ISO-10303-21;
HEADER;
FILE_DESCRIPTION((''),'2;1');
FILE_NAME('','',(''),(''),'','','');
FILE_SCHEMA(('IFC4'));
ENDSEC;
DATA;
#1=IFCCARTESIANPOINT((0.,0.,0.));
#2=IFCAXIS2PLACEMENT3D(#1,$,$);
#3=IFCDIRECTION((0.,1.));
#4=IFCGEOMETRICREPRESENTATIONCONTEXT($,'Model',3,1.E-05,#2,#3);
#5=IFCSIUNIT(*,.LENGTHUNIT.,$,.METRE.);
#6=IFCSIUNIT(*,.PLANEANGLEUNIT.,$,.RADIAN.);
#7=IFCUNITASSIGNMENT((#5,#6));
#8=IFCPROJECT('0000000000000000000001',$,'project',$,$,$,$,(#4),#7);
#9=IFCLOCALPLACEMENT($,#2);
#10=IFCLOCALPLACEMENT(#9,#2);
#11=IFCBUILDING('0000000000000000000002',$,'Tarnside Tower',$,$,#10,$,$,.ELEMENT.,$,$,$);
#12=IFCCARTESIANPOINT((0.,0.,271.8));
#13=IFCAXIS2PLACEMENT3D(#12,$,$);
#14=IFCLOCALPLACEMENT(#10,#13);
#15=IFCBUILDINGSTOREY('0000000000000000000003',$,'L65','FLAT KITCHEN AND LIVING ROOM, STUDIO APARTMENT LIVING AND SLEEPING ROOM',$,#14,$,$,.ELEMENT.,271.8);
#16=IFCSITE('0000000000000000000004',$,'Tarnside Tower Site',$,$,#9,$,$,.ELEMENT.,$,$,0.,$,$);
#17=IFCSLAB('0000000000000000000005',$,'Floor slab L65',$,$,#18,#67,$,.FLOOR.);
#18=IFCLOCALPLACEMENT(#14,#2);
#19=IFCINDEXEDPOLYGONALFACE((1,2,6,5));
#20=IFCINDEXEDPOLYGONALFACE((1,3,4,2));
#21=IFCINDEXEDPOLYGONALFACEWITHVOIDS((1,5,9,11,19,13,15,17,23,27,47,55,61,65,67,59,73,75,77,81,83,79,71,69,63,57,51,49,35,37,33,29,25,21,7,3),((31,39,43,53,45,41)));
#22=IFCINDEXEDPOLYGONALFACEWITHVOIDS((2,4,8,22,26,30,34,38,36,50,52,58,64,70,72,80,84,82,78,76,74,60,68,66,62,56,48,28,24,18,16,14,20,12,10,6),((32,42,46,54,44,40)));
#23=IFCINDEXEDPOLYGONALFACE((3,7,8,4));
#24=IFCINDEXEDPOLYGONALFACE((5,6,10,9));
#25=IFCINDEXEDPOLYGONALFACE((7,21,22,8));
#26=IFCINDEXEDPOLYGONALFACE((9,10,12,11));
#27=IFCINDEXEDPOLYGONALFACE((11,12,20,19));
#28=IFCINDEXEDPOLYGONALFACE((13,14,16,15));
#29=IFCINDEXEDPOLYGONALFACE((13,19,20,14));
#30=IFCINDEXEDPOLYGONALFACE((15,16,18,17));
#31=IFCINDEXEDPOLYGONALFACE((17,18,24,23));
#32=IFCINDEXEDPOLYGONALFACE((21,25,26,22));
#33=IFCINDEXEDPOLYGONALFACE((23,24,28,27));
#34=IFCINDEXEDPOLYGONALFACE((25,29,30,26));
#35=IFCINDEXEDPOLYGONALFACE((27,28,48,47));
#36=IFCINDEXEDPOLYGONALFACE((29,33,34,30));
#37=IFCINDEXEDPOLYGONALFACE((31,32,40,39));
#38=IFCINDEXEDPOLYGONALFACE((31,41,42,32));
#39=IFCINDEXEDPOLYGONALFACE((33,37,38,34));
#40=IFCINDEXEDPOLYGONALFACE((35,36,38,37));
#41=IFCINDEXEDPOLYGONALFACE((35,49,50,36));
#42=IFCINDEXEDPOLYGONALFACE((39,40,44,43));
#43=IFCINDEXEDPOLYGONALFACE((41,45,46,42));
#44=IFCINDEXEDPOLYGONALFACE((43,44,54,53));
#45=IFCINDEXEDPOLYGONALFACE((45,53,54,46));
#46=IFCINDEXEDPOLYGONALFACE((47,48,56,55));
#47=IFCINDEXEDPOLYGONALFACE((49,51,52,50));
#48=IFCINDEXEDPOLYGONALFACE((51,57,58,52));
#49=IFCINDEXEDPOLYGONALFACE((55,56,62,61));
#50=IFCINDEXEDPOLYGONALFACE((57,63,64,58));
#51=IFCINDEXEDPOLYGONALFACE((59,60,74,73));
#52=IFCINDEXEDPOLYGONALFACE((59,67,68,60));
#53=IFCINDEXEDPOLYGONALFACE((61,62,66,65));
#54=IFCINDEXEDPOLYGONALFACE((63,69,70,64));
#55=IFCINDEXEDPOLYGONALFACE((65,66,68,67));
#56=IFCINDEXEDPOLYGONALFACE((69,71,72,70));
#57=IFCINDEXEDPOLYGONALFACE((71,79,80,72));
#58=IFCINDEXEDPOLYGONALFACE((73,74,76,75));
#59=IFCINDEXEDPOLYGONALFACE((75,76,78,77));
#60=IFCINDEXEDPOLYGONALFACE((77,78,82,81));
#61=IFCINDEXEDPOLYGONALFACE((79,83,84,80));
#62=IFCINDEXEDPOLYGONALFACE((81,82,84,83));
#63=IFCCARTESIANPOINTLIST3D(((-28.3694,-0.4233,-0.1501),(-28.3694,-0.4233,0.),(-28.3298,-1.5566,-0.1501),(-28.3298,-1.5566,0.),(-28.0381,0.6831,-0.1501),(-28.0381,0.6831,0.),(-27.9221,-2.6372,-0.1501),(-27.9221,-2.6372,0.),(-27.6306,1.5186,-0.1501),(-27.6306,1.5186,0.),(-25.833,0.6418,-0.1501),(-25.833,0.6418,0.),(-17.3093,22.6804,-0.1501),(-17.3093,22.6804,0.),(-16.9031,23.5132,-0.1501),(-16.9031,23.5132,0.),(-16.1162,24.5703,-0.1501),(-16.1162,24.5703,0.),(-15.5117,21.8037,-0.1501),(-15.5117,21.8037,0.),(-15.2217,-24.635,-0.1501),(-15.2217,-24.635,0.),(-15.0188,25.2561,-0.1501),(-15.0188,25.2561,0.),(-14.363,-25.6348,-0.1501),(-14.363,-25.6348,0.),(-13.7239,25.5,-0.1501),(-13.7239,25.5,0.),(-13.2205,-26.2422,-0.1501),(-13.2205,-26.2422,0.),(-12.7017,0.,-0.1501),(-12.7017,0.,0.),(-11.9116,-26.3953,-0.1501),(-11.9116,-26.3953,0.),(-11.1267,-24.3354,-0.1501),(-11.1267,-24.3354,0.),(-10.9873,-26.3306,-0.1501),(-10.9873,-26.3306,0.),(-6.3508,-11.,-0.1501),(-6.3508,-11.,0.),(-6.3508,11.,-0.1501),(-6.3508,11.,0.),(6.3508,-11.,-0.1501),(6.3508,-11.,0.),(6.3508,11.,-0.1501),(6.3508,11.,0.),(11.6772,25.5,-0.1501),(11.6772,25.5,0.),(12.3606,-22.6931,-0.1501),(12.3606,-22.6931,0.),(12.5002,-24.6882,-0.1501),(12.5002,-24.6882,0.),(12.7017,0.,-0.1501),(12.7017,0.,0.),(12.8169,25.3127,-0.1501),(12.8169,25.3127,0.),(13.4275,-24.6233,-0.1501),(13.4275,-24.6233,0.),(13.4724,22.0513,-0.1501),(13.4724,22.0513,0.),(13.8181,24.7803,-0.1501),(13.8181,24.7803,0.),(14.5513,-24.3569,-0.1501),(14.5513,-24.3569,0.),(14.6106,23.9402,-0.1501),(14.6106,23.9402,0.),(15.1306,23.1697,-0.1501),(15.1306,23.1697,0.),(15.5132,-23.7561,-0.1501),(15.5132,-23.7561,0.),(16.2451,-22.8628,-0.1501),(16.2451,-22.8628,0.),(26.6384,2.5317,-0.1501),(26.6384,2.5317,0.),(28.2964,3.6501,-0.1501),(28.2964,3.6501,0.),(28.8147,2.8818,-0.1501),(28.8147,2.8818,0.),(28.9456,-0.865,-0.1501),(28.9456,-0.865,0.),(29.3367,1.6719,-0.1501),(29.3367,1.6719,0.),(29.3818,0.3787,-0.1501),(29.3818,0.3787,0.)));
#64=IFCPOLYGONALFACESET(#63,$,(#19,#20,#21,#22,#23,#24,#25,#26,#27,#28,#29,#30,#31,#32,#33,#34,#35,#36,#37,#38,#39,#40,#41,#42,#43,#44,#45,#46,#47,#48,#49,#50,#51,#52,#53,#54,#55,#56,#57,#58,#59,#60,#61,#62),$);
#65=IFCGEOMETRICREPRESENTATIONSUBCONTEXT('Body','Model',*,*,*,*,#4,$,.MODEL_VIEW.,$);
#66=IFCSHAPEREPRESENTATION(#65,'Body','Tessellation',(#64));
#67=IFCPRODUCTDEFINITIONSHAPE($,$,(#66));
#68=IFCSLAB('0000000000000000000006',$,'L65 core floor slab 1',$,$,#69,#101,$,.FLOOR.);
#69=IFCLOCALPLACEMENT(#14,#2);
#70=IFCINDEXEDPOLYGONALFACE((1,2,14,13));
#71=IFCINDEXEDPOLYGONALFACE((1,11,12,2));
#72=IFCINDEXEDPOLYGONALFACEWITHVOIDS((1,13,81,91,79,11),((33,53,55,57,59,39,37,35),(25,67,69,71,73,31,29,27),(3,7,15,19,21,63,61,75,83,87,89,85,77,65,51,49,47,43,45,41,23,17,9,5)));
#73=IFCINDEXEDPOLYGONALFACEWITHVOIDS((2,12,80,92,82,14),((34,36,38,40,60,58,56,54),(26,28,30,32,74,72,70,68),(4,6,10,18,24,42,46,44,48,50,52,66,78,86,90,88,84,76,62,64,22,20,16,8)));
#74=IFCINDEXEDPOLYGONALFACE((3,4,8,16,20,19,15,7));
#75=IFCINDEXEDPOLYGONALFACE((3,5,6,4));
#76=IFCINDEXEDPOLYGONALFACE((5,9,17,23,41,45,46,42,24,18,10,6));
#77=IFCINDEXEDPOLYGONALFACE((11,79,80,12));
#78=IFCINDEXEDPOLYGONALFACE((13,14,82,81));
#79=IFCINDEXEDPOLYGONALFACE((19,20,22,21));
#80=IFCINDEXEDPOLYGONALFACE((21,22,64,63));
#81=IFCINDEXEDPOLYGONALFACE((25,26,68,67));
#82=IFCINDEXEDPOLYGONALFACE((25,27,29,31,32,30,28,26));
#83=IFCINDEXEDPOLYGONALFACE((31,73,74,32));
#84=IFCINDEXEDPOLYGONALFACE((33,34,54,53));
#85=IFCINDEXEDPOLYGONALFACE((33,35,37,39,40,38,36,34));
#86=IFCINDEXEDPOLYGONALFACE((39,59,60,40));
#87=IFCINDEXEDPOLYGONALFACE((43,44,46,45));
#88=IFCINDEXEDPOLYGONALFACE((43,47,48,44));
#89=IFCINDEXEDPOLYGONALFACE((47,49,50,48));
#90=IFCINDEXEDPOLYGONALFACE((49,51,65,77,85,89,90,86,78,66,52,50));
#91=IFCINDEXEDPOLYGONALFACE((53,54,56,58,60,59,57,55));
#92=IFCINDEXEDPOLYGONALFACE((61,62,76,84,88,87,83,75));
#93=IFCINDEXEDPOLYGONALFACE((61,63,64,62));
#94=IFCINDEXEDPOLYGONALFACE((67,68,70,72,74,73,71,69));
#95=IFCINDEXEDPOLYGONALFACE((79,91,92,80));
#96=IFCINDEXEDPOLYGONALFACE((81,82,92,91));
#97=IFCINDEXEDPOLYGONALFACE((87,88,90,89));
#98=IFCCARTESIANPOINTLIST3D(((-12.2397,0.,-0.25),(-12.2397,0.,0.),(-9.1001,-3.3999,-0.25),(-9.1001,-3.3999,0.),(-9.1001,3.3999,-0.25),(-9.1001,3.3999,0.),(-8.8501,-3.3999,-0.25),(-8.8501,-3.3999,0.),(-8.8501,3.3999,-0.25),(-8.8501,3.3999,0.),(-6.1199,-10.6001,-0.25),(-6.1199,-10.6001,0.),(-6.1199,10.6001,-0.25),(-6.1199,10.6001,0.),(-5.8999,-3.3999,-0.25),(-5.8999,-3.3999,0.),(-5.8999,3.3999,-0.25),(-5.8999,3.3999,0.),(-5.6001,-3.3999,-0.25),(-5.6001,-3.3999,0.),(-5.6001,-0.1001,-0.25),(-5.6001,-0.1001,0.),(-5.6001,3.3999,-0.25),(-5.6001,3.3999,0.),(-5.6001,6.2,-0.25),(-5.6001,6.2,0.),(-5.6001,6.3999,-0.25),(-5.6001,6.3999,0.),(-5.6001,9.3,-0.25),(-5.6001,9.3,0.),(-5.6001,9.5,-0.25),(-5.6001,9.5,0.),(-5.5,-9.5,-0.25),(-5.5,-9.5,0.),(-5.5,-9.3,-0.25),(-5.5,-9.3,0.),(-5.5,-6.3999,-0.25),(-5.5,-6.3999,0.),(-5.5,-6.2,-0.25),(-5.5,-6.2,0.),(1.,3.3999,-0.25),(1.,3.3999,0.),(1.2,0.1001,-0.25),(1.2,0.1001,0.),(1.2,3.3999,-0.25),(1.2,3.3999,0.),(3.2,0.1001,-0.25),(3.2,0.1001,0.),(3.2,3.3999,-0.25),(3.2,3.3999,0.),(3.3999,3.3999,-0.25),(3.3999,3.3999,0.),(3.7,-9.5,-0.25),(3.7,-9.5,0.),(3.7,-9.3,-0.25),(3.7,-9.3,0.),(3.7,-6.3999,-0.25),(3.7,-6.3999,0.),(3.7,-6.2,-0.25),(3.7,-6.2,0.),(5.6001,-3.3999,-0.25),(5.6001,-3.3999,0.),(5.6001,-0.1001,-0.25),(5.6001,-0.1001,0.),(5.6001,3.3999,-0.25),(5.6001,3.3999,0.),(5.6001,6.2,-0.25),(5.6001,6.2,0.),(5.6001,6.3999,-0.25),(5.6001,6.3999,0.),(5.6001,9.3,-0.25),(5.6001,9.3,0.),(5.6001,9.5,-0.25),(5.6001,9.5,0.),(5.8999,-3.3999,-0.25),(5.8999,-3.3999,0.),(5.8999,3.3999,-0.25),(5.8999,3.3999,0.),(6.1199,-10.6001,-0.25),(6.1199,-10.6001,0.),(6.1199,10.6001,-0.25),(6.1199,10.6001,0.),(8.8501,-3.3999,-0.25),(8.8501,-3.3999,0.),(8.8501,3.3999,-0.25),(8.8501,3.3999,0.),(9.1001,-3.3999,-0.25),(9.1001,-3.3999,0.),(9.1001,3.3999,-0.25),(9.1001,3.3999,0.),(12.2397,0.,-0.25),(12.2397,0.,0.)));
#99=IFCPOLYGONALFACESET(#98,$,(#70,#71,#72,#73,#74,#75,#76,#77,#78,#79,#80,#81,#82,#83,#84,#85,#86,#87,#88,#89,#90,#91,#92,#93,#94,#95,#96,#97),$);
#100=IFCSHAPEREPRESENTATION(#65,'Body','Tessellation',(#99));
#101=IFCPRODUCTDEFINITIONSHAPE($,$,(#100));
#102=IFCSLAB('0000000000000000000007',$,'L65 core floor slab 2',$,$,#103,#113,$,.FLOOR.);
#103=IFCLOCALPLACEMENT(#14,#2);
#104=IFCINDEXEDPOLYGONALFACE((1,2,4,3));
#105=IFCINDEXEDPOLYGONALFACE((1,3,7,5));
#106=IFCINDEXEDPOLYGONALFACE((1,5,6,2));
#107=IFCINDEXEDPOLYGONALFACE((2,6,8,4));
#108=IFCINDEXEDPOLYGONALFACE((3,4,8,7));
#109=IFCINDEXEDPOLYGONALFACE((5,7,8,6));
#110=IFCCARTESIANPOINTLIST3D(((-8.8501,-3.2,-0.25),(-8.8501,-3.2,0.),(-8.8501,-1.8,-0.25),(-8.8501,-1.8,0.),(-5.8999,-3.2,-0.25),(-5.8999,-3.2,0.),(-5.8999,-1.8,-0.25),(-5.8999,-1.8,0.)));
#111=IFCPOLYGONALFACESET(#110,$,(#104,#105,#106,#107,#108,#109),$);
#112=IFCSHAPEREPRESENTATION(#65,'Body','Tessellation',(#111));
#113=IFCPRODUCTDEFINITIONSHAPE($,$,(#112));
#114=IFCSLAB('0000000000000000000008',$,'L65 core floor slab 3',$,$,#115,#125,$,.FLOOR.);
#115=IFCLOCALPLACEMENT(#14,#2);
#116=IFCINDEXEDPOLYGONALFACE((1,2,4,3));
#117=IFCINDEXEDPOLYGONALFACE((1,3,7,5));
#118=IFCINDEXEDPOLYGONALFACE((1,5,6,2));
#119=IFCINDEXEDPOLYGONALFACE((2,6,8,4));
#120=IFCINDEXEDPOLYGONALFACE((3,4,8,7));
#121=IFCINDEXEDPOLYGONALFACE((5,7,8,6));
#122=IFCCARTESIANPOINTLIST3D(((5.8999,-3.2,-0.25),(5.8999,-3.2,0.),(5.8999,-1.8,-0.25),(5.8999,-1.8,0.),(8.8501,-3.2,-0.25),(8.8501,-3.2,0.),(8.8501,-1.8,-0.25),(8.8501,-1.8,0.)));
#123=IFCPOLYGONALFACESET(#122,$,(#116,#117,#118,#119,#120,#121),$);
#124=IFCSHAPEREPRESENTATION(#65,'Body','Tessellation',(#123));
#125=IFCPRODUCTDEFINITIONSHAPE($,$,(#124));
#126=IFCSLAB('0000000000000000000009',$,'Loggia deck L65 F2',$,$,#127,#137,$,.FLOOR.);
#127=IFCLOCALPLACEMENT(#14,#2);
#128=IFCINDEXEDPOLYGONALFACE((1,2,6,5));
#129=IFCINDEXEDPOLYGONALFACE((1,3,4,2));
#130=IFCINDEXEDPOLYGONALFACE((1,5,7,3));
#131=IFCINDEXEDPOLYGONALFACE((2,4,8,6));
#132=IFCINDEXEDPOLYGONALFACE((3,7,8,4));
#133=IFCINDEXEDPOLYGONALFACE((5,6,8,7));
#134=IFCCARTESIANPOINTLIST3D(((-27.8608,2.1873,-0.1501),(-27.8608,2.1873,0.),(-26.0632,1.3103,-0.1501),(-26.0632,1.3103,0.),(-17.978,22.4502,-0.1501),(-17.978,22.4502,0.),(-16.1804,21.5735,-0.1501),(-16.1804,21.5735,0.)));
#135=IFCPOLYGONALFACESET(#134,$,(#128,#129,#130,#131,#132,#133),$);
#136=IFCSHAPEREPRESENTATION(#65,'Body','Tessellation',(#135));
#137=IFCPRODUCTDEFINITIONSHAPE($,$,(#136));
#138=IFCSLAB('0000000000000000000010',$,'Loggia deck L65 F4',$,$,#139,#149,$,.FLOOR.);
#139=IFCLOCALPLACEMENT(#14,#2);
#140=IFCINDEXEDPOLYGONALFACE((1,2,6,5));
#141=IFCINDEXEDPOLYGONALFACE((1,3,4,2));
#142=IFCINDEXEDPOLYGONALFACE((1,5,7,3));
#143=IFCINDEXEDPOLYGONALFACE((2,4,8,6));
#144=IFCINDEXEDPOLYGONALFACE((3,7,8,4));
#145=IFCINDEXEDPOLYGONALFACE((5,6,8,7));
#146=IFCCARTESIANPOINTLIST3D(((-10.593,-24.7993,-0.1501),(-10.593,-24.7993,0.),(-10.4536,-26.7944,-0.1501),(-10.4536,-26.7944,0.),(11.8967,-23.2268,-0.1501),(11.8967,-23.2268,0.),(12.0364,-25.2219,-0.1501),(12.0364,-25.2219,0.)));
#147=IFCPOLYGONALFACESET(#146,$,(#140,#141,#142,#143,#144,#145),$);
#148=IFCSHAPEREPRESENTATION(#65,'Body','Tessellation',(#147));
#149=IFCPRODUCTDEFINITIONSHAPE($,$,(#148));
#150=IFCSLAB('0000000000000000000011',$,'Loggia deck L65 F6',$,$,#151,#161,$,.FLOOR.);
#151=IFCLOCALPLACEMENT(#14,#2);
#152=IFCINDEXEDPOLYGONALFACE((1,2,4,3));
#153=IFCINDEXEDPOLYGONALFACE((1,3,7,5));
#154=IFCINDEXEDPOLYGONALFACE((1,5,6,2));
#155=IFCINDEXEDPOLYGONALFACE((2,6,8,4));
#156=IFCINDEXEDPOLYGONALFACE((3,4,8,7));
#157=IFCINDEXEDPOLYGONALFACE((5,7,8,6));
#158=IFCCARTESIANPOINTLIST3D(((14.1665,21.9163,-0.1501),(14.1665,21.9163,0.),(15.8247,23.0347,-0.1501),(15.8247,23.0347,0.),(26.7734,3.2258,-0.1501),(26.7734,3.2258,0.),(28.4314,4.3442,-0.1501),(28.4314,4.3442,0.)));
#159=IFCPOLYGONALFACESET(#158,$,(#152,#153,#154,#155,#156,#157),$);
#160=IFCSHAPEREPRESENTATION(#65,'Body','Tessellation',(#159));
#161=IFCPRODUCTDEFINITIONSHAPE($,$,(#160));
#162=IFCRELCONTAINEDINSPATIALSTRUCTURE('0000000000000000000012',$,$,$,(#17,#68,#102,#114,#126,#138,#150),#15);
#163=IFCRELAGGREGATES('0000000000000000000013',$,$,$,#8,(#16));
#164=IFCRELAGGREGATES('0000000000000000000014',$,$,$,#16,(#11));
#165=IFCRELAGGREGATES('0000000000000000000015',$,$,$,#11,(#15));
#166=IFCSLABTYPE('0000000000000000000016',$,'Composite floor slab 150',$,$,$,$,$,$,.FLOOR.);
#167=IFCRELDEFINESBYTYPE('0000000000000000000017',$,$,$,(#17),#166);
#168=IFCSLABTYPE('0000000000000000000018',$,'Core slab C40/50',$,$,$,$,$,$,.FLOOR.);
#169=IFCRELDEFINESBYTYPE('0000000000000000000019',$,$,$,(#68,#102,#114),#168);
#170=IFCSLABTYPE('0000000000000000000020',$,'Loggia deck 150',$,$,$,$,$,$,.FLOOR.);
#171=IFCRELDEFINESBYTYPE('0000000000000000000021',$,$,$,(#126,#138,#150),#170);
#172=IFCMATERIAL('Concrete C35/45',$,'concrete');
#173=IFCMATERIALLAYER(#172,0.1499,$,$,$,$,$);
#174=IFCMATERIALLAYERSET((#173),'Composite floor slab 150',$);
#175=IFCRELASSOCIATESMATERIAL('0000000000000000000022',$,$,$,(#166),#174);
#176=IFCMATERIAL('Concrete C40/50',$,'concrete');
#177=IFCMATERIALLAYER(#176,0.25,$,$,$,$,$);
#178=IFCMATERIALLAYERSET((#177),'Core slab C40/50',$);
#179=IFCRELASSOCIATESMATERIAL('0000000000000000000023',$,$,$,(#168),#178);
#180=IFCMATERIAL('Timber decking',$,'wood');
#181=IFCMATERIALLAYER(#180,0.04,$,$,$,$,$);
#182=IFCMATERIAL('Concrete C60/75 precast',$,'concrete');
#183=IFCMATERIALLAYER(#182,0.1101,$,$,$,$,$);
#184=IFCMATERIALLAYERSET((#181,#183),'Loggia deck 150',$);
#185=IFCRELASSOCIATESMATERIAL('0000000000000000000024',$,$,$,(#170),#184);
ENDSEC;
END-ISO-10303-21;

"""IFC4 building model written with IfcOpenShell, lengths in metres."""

from ifc_helpers import new_model, si_unit, direction, frame, origin, place, context, subcontext, project, spatial, polyline, outline, extrude, material, layer, layer_set, type_object, element, save


model = new_model("IFC4")

# Units and contexts
model_context = context("Model", 3, precision=1e-05, world=origin(), true_north=direction((0.0, 1.0)))
body_context = subcontext(model_context, "Body", "Model", "MODEL_VIEW")
ifc_project = project(units=[si_unit("LENGTHUNIT", "METRE"), si_unit("PLANEANGLEUNIT", "RADIAN")], contexts=[model_context])

# Site, building, storey
site_placement = place(None, origin())
site = spatial("IfcSite", under=ifc_project, at=site_placement, Name="Tarnside Tower Site", CompositionType="ELEMENT", RefElevation=0.0)
building_placement = place(site_placement, origin())
building = spatial("IfcBuilding", under=site, at=building_placement, Name="Tarnside Tower", CompositionType="ELEMENT")
storey_placement = place(building_placement, frame((0.0, 0.0, 271.8)))
storey = spatial("IfcBuildingStorey", under=building, at=storey_placement, Name="L65", Description="FLAT KITCHEN AND LIVING ROOM, STUDIO APARTMENT LIVING AND SLEEPING ROOM", CompositionType="ELEMENT", Elevation=271.8)

# Slabs
ifc_material_1 = material(Name="Concrete C35/45", Category="concrete")
ifc_layer_1 = layer(ifc_material_1, 0.1499)
ifc_layer_set_1 = layer_set([ifc_layer_1], Name="Composite floor slab 150")
slab_type_1 = type_object("IfcSlabType", Name="Composite floor slab 150", PredefinedType="FLOOR", material=ifc_layer_set_1)
slab_1_placement = place(storey_placement, frame((0.0, 0.0, -0.1501)))
element("IfcSlab", 1, at=slab_1_placement, inside=storey, type_object=slab_type_1, Name="Floor slab L65", PredefinedType="FLOOR", context=body_context, shape_type="SweptSolid", body=[
    extrude(outline(polyline([(12.8169, 25.3127), (13.8181, 24.7803), (14.6106, 23.9402), (15.1306, 23.1697), (13.4724, 22.0513), (26.6384, 2.5317), (28.2964, 3.6501), (28.8147, 2.8818), (29.3367, 1.6719), (29.3818, 0.3787), (28.9456, -0.865), (16.2451, -22.8628), (15.5132, -23.7561), (14.5513, -24.3569), (13.4275, -24.6233), (12.5002, -24.6882), (12.3606, -22.6931), (-11.1267, -24.3354), (-10.9873, -26.3306), (-11.9116, -26.3953), (-13.2205, -26.2422), (-14.363, -25.6348), (-15.2217, -24.635), (-27.9221, -2.6372), (-28.3298, -1.5566), (-28.3694, -0.4233), (-28.0381, 0.6831), (-27.6306, 1.5186), (-25.833, 0.6418), (-15.5117, 21.8037), (-17.3093, 22.6804), (-16.9031, 23.5132), (-16.1162, 24.5703), (-15.0188, 25.2561), (-13.7239, 25.5), (11.6772, 25.5), (12.8169, 25.3127)]), holes=[polyline([(-12.7017, 0.0), (-6.3508, -11.0), (6.3508, -11.0), (12.7017, 0.0), (6.3508, 11.0), (-6.3508, 11.0), (-12.7017, 0.0)])]), origin(), (0.0, 0.0, 1.0), 0.1501),
])
ifc_material_2 = material(Name="Concrete C40/50", Category="concrete")
ifc_layer_2 = layer(ifc_material_2, 0.25)
ifc_layer_set_2 = layer_set([ifc_layer_2], Name="Core slab C40/50")
slab_type_2 = type_object("IfcSlabType", Name="Core slab C40/50", PredefinedType="FLOOR", material=ifc_layer_set_2)
slab_2_placement = place(storey_placement, frame((0.0, 0.0, -0.25)))
element("IfcSlab", 2, at=slab_2_placement, inside=storey, type_object=slab_type_2, Name="L65 core floor slab 1", PredefinedType="FLOOR", context=body_context, shape_type="SweptSolid", body=[
    extrude(outline(polyline([(6.1199, 10.6001), (12.2397, 0.0), (6.1199, -10.6001), (-6.1199, -10.6001), (-12.2397, 0.0), (-6.1199, 10.6001), (6.1199, 10.6001)]), holes=[polyline([(-5.5, -9.5), (3.7, -9.5), (3.7, -9.3), (3.7, -6.3999), (3.7, -6.2), (-5.5, -6.2), (-5.5, -6.3999), (-5.5, -9.3), (-5.5, -9.5)]), polyline([(-5.6001, -3.3999), (-5.6001, -0.1001), (5.6001, -0.1001), (5.6001, -3.3999), (5.8999, -3.3999), (8.8501, -3.3999), (9.1001, -3.3999), (9.1001, 3.3999), (8.8501, 3.3999), (5.8999, 3.3999), (5.6001, 3.3999), (3.3999, 3.3999), (3.2, 3.3999), (3.2, 0.1001), (1.2, 0.1001), (1.2, 3.3999), (1.0, 3.3999), (-5.6001, 3.3999), (-5.8999, 3.3999), (-8.8501, 3.3999), (-9.1001, 3.3999), (-9.1001, -3.3999), (-8.8501, -3.3999), (-5.8999, -3.3999), (-5.6001, -3.3999)]), polyline([(-5.6001, 6.2), (5.6001, 6.2), (5.6001, 6.3999), (5.6001, 9.3), (5.6001, 9.5), (-5.6001, 9.5), (-5.6001, 9.3), (-5.6001, 6.3999), (-5.6001, 6.2)])]), origin(), (0.0, 0.0, 1.0), 0.25),
])
slab_3_placement = place(storey_placement, frame((0.0, 0.0, -0.25)))
element("IfcSlab", 3, at=slab_3_placement, inside=storey, type_object=slab_type_2, Name="L65 core floor slab 2", PredefinedType="FLOOR", context=body_context, shape_type="SweptSolid", body=[
    extrude(outline(polyline([(-8.8501, -3.2), (-8.8501, -1.8), (-5.8999, -1.8), (-5.8999, -3.2), (-8.8501, -3.2)])), origin(), (0.0, 0.0, 1.0), 0.25),
])
slab_4_placement = place(storey_placement, frame((0.0, 0.0, -0.25)))
element("IfcSlab", 4, at=slab_4_placement, inside=storey, type_object=slab_type_2, Name="L65 core floor slab 3", PredefinedType="FLOOR", context=body_context, shape_type="SweptSolid", body=[
    extrude(outline(polyline([(5.8999, -1.8), (8.8501, -1.8), (8.8501, -3.2), (5.8999, -3.2), (5.8999, -1.8)])), origin(), (0.0, 0.0, 1.0), 0.25),
])
ifc_material_3 = material(Name="Timber decking", Category="wood")
ifc_layer_3 = layer(ifc_material_3, 0.04)
ifc_material_4 = material(Name="Concrete C60/75 precast", Category="concrete")
ifc_layer_4 = layer(ifc_material_4, 0.1101)
ifc_layer_set_3 = layer_set([ifc_layer_3, ifc_layer_4], Name="Loggia deck 150")
slab_type_3 = type_object("IfcSlabType", Name="Loggia deck 150", PredefinedType="FLOOR", material=ifc_layer_set_3)
slab_5_placement = place(storey_placement, frame((0.0, 0.0, -0.1501)))
element("IfcSlab", 5, at=slab_5_placement, inside=storey, type_object=slab_type_3, Name="Loggia deck L65 F2", PredefinedType="FLOOR", context=body_context, shape_type="SweptSolid", body=[
    extrude(outline(polyline([(-16.1804, 21.5735), (-26.0632, 1.3103), (-27.8608, 2.1873), (-17.978, 22.4502), (-16.1804, 21.5735)])), origin(), (0.0, 0.0, 1.0), 0.1501),
])
slab_6_placement = place(storey_placement, frame((0.0, 0.0, -0.1501)))
element("IfcSlab", 6, at=slab_6_placement, inside=storey, type_object=slab_type_3, Name="Loggia deck L65 F4", PredefinedType="FLOOR", context=body_context, shape_type="SweptSolid", body=[
    extrude(outline(polyline([(-10.593, -24.7993), (11.8967, -23.2268), (12.0364, -25.2219), (-10.4536, -26.7944), (-10.593, -24.7993)])), origin(), (0.0, 0.0, 1.0), 0.1501),
])
slab_7_placement = place(storey_placement, frame((0.0, 0.0, -0.1501)))
element("IfcSlab", 7, at=slab_7_placement, inside=storey, type_object=slab_type_3, Name="Loggia deck L65 F6", PredefinedType="FLOOR", context=body_context, shape_type="SweptSolid", body=[
    extrude(outline(polyline([(26.7734, 3.2258), (14.1665, 21.9163), (15.8247, 23.0347), (28.4314, 4.3442), (26.7734, 3.2258)])), origin(), (0.0, 0.0, 1.0), 0.1501),
])

save(model, "model.ifc")
